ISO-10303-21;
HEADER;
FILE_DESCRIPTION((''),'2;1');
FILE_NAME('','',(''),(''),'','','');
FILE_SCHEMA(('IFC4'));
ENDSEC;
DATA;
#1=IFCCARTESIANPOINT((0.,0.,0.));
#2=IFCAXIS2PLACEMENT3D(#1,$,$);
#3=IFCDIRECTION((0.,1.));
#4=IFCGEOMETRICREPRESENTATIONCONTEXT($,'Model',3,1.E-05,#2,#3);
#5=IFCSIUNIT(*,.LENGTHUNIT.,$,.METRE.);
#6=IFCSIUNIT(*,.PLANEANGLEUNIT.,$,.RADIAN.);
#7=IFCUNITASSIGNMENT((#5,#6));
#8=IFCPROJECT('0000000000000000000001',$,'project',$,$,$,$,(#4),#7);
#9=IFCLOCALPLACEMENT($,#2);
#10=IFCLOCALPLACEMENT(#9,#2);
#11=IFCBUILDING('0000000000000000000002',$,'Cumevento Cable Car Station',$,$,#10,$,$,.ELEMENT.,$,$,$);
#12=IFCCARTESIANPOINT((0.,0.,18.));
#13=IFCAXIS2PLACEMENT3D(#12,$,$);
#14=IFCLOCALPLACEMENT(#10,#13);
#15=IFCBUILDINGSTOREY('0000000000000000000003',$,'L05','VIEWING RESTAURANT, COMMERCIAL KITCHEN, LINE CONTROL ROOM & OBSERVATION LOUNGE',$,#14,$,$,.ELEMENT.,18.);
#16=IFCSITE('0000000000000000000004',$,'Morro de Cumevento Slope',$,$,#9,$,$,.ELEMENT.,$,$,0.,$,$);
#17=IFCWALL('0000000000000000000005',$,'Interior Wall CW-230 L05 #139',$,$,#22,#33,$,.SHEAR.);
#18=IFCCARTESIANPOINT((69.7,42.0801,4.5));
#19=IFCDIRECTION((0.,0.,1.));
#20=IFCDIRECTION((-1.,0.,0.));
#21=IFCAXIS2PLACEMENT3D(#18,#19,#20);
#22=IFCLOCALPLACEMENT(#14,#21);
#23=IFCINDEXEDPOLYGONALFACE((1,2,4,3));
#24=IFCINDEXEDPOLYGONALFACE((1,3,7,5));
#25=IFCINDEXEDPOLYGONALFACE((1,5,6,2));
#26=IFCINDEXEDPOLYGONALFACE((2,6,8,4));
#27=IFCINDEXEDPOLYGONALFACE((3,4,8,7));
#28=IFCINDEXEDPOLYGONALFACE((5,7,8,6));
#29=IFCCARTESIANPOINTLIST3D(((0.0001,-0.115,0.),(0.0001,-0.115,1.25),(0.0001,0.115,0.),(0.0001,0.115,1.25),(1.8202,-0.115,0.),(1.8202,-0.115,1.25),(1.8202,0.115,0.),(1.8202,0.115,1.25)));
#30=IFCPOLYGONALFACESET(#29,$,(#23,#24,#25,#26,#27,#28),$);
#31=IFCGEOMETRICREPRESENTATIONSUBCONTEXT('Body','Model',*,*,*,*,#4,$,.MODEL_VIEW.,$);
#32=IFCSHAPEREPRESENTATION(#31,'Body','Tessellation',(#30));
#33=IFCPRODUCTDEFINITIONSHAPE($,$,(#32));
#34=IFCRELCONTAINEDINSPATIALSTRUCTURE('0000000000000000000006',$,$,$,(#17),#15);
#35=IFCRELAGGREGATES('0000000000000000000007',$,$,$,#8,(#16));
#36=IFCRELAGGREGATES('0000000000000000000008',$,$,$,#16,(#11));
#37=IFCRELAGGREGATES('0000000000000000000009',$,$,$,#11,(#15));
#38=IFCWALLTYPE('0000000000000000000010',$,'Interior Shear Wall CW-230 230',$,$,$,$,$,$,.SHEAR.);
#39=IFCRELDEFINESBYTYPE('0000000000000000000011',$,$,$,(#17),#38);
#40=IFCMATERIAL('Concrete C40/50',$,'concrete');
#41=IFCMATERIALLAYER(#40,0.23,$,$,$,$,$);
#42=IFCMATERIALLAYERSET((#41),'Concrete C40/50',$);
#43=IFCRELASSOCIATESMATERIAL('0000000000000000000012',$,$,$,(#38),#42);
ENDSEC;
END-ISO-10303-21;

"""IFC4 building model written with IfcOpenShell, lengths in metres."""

from ifc_helpers import new_model, si_unit, direction, frame, frame_2d, origin, place, context, subcontext, project, spatial, rectangle, extrude, material, layer, layer_set, type_object, element, save


model = new_model("IFC4")

# Units and contexts
model_context = context("Model", 3, precision=1e-05, world=origin(), true_north=direction((0.0, 1.0)))
body_context = subcontext(model_context, "Body", "Model", "MODEL_VIEW")
ifc_project = project(units=[si_unit("LENGTHUNIT", "METRE"), si_unit("PLANEANGLEUNIT", "RADIAN")], contexts=[model_context])

# Site, building, storey
site_placement = place(None, origin())
site = spatial("IfcSite", under=ifc_project, at=site_placement, Name="Morro de Cumevento Slope", CompositionType="ELEMENT", RefElevation=0.0)
building_placement = place(site_placement, origin())
building = spatial("IfcBuilding", under=site, at=building_placement, Name="Cumevento Cable Car Station", CompositionType="ELEMENT")
storey_placement = place(building_placement, frame((0.0, 0.0, 18.0)))
storey = spatial("IfcBuildingStorey", under=building, at=storey_placement, Name="L05", Description="VIEWING RESTAURANT, COMMERCIAL KITCHEN, LINE CONTROL ROOM & OBSERVATION LOUNGE", CompositionType="ELEMENT", Elevation=18.0)

# Wall
ifc_material_1 = material(Name="Concrete C40/50", Category="concrete")
ifc_layer_1 = layer(ifc_material_1, 0.23)
ifc_layer_set_1 = layer_set([ifc_layer_1], Name="Concrete C40/50")
wall_type_1 = type_object("IfcWallType", Name="Interior Shear Wall CW-230 230", PredefinedType="SHEAR", material=ifc_layer_set_1)
wall_1_placement = place(storey_placement, frame((69.7, 42.0801, 4.5), z_axis=(0.0, 0.0, 1.0), x_axis=(-1.0, 0.0, 0.0)))
element("IfcWall", 1, at=wall_1_placement, inside=storey, type_object=wall_type_1, Name="Interior Wall CW-230 L05 #139", PredefinedType="SHEAR", context=body_context, shape_type="SweptSolid", body=[
    extrude(rectangle(XDim=1.8201, YDim=0.23, at=frame_2d((0.9102, 0.0))), origin(), (0.0, 0.0, 1.0), 1.25),
])

save(model, "model.ifc")
